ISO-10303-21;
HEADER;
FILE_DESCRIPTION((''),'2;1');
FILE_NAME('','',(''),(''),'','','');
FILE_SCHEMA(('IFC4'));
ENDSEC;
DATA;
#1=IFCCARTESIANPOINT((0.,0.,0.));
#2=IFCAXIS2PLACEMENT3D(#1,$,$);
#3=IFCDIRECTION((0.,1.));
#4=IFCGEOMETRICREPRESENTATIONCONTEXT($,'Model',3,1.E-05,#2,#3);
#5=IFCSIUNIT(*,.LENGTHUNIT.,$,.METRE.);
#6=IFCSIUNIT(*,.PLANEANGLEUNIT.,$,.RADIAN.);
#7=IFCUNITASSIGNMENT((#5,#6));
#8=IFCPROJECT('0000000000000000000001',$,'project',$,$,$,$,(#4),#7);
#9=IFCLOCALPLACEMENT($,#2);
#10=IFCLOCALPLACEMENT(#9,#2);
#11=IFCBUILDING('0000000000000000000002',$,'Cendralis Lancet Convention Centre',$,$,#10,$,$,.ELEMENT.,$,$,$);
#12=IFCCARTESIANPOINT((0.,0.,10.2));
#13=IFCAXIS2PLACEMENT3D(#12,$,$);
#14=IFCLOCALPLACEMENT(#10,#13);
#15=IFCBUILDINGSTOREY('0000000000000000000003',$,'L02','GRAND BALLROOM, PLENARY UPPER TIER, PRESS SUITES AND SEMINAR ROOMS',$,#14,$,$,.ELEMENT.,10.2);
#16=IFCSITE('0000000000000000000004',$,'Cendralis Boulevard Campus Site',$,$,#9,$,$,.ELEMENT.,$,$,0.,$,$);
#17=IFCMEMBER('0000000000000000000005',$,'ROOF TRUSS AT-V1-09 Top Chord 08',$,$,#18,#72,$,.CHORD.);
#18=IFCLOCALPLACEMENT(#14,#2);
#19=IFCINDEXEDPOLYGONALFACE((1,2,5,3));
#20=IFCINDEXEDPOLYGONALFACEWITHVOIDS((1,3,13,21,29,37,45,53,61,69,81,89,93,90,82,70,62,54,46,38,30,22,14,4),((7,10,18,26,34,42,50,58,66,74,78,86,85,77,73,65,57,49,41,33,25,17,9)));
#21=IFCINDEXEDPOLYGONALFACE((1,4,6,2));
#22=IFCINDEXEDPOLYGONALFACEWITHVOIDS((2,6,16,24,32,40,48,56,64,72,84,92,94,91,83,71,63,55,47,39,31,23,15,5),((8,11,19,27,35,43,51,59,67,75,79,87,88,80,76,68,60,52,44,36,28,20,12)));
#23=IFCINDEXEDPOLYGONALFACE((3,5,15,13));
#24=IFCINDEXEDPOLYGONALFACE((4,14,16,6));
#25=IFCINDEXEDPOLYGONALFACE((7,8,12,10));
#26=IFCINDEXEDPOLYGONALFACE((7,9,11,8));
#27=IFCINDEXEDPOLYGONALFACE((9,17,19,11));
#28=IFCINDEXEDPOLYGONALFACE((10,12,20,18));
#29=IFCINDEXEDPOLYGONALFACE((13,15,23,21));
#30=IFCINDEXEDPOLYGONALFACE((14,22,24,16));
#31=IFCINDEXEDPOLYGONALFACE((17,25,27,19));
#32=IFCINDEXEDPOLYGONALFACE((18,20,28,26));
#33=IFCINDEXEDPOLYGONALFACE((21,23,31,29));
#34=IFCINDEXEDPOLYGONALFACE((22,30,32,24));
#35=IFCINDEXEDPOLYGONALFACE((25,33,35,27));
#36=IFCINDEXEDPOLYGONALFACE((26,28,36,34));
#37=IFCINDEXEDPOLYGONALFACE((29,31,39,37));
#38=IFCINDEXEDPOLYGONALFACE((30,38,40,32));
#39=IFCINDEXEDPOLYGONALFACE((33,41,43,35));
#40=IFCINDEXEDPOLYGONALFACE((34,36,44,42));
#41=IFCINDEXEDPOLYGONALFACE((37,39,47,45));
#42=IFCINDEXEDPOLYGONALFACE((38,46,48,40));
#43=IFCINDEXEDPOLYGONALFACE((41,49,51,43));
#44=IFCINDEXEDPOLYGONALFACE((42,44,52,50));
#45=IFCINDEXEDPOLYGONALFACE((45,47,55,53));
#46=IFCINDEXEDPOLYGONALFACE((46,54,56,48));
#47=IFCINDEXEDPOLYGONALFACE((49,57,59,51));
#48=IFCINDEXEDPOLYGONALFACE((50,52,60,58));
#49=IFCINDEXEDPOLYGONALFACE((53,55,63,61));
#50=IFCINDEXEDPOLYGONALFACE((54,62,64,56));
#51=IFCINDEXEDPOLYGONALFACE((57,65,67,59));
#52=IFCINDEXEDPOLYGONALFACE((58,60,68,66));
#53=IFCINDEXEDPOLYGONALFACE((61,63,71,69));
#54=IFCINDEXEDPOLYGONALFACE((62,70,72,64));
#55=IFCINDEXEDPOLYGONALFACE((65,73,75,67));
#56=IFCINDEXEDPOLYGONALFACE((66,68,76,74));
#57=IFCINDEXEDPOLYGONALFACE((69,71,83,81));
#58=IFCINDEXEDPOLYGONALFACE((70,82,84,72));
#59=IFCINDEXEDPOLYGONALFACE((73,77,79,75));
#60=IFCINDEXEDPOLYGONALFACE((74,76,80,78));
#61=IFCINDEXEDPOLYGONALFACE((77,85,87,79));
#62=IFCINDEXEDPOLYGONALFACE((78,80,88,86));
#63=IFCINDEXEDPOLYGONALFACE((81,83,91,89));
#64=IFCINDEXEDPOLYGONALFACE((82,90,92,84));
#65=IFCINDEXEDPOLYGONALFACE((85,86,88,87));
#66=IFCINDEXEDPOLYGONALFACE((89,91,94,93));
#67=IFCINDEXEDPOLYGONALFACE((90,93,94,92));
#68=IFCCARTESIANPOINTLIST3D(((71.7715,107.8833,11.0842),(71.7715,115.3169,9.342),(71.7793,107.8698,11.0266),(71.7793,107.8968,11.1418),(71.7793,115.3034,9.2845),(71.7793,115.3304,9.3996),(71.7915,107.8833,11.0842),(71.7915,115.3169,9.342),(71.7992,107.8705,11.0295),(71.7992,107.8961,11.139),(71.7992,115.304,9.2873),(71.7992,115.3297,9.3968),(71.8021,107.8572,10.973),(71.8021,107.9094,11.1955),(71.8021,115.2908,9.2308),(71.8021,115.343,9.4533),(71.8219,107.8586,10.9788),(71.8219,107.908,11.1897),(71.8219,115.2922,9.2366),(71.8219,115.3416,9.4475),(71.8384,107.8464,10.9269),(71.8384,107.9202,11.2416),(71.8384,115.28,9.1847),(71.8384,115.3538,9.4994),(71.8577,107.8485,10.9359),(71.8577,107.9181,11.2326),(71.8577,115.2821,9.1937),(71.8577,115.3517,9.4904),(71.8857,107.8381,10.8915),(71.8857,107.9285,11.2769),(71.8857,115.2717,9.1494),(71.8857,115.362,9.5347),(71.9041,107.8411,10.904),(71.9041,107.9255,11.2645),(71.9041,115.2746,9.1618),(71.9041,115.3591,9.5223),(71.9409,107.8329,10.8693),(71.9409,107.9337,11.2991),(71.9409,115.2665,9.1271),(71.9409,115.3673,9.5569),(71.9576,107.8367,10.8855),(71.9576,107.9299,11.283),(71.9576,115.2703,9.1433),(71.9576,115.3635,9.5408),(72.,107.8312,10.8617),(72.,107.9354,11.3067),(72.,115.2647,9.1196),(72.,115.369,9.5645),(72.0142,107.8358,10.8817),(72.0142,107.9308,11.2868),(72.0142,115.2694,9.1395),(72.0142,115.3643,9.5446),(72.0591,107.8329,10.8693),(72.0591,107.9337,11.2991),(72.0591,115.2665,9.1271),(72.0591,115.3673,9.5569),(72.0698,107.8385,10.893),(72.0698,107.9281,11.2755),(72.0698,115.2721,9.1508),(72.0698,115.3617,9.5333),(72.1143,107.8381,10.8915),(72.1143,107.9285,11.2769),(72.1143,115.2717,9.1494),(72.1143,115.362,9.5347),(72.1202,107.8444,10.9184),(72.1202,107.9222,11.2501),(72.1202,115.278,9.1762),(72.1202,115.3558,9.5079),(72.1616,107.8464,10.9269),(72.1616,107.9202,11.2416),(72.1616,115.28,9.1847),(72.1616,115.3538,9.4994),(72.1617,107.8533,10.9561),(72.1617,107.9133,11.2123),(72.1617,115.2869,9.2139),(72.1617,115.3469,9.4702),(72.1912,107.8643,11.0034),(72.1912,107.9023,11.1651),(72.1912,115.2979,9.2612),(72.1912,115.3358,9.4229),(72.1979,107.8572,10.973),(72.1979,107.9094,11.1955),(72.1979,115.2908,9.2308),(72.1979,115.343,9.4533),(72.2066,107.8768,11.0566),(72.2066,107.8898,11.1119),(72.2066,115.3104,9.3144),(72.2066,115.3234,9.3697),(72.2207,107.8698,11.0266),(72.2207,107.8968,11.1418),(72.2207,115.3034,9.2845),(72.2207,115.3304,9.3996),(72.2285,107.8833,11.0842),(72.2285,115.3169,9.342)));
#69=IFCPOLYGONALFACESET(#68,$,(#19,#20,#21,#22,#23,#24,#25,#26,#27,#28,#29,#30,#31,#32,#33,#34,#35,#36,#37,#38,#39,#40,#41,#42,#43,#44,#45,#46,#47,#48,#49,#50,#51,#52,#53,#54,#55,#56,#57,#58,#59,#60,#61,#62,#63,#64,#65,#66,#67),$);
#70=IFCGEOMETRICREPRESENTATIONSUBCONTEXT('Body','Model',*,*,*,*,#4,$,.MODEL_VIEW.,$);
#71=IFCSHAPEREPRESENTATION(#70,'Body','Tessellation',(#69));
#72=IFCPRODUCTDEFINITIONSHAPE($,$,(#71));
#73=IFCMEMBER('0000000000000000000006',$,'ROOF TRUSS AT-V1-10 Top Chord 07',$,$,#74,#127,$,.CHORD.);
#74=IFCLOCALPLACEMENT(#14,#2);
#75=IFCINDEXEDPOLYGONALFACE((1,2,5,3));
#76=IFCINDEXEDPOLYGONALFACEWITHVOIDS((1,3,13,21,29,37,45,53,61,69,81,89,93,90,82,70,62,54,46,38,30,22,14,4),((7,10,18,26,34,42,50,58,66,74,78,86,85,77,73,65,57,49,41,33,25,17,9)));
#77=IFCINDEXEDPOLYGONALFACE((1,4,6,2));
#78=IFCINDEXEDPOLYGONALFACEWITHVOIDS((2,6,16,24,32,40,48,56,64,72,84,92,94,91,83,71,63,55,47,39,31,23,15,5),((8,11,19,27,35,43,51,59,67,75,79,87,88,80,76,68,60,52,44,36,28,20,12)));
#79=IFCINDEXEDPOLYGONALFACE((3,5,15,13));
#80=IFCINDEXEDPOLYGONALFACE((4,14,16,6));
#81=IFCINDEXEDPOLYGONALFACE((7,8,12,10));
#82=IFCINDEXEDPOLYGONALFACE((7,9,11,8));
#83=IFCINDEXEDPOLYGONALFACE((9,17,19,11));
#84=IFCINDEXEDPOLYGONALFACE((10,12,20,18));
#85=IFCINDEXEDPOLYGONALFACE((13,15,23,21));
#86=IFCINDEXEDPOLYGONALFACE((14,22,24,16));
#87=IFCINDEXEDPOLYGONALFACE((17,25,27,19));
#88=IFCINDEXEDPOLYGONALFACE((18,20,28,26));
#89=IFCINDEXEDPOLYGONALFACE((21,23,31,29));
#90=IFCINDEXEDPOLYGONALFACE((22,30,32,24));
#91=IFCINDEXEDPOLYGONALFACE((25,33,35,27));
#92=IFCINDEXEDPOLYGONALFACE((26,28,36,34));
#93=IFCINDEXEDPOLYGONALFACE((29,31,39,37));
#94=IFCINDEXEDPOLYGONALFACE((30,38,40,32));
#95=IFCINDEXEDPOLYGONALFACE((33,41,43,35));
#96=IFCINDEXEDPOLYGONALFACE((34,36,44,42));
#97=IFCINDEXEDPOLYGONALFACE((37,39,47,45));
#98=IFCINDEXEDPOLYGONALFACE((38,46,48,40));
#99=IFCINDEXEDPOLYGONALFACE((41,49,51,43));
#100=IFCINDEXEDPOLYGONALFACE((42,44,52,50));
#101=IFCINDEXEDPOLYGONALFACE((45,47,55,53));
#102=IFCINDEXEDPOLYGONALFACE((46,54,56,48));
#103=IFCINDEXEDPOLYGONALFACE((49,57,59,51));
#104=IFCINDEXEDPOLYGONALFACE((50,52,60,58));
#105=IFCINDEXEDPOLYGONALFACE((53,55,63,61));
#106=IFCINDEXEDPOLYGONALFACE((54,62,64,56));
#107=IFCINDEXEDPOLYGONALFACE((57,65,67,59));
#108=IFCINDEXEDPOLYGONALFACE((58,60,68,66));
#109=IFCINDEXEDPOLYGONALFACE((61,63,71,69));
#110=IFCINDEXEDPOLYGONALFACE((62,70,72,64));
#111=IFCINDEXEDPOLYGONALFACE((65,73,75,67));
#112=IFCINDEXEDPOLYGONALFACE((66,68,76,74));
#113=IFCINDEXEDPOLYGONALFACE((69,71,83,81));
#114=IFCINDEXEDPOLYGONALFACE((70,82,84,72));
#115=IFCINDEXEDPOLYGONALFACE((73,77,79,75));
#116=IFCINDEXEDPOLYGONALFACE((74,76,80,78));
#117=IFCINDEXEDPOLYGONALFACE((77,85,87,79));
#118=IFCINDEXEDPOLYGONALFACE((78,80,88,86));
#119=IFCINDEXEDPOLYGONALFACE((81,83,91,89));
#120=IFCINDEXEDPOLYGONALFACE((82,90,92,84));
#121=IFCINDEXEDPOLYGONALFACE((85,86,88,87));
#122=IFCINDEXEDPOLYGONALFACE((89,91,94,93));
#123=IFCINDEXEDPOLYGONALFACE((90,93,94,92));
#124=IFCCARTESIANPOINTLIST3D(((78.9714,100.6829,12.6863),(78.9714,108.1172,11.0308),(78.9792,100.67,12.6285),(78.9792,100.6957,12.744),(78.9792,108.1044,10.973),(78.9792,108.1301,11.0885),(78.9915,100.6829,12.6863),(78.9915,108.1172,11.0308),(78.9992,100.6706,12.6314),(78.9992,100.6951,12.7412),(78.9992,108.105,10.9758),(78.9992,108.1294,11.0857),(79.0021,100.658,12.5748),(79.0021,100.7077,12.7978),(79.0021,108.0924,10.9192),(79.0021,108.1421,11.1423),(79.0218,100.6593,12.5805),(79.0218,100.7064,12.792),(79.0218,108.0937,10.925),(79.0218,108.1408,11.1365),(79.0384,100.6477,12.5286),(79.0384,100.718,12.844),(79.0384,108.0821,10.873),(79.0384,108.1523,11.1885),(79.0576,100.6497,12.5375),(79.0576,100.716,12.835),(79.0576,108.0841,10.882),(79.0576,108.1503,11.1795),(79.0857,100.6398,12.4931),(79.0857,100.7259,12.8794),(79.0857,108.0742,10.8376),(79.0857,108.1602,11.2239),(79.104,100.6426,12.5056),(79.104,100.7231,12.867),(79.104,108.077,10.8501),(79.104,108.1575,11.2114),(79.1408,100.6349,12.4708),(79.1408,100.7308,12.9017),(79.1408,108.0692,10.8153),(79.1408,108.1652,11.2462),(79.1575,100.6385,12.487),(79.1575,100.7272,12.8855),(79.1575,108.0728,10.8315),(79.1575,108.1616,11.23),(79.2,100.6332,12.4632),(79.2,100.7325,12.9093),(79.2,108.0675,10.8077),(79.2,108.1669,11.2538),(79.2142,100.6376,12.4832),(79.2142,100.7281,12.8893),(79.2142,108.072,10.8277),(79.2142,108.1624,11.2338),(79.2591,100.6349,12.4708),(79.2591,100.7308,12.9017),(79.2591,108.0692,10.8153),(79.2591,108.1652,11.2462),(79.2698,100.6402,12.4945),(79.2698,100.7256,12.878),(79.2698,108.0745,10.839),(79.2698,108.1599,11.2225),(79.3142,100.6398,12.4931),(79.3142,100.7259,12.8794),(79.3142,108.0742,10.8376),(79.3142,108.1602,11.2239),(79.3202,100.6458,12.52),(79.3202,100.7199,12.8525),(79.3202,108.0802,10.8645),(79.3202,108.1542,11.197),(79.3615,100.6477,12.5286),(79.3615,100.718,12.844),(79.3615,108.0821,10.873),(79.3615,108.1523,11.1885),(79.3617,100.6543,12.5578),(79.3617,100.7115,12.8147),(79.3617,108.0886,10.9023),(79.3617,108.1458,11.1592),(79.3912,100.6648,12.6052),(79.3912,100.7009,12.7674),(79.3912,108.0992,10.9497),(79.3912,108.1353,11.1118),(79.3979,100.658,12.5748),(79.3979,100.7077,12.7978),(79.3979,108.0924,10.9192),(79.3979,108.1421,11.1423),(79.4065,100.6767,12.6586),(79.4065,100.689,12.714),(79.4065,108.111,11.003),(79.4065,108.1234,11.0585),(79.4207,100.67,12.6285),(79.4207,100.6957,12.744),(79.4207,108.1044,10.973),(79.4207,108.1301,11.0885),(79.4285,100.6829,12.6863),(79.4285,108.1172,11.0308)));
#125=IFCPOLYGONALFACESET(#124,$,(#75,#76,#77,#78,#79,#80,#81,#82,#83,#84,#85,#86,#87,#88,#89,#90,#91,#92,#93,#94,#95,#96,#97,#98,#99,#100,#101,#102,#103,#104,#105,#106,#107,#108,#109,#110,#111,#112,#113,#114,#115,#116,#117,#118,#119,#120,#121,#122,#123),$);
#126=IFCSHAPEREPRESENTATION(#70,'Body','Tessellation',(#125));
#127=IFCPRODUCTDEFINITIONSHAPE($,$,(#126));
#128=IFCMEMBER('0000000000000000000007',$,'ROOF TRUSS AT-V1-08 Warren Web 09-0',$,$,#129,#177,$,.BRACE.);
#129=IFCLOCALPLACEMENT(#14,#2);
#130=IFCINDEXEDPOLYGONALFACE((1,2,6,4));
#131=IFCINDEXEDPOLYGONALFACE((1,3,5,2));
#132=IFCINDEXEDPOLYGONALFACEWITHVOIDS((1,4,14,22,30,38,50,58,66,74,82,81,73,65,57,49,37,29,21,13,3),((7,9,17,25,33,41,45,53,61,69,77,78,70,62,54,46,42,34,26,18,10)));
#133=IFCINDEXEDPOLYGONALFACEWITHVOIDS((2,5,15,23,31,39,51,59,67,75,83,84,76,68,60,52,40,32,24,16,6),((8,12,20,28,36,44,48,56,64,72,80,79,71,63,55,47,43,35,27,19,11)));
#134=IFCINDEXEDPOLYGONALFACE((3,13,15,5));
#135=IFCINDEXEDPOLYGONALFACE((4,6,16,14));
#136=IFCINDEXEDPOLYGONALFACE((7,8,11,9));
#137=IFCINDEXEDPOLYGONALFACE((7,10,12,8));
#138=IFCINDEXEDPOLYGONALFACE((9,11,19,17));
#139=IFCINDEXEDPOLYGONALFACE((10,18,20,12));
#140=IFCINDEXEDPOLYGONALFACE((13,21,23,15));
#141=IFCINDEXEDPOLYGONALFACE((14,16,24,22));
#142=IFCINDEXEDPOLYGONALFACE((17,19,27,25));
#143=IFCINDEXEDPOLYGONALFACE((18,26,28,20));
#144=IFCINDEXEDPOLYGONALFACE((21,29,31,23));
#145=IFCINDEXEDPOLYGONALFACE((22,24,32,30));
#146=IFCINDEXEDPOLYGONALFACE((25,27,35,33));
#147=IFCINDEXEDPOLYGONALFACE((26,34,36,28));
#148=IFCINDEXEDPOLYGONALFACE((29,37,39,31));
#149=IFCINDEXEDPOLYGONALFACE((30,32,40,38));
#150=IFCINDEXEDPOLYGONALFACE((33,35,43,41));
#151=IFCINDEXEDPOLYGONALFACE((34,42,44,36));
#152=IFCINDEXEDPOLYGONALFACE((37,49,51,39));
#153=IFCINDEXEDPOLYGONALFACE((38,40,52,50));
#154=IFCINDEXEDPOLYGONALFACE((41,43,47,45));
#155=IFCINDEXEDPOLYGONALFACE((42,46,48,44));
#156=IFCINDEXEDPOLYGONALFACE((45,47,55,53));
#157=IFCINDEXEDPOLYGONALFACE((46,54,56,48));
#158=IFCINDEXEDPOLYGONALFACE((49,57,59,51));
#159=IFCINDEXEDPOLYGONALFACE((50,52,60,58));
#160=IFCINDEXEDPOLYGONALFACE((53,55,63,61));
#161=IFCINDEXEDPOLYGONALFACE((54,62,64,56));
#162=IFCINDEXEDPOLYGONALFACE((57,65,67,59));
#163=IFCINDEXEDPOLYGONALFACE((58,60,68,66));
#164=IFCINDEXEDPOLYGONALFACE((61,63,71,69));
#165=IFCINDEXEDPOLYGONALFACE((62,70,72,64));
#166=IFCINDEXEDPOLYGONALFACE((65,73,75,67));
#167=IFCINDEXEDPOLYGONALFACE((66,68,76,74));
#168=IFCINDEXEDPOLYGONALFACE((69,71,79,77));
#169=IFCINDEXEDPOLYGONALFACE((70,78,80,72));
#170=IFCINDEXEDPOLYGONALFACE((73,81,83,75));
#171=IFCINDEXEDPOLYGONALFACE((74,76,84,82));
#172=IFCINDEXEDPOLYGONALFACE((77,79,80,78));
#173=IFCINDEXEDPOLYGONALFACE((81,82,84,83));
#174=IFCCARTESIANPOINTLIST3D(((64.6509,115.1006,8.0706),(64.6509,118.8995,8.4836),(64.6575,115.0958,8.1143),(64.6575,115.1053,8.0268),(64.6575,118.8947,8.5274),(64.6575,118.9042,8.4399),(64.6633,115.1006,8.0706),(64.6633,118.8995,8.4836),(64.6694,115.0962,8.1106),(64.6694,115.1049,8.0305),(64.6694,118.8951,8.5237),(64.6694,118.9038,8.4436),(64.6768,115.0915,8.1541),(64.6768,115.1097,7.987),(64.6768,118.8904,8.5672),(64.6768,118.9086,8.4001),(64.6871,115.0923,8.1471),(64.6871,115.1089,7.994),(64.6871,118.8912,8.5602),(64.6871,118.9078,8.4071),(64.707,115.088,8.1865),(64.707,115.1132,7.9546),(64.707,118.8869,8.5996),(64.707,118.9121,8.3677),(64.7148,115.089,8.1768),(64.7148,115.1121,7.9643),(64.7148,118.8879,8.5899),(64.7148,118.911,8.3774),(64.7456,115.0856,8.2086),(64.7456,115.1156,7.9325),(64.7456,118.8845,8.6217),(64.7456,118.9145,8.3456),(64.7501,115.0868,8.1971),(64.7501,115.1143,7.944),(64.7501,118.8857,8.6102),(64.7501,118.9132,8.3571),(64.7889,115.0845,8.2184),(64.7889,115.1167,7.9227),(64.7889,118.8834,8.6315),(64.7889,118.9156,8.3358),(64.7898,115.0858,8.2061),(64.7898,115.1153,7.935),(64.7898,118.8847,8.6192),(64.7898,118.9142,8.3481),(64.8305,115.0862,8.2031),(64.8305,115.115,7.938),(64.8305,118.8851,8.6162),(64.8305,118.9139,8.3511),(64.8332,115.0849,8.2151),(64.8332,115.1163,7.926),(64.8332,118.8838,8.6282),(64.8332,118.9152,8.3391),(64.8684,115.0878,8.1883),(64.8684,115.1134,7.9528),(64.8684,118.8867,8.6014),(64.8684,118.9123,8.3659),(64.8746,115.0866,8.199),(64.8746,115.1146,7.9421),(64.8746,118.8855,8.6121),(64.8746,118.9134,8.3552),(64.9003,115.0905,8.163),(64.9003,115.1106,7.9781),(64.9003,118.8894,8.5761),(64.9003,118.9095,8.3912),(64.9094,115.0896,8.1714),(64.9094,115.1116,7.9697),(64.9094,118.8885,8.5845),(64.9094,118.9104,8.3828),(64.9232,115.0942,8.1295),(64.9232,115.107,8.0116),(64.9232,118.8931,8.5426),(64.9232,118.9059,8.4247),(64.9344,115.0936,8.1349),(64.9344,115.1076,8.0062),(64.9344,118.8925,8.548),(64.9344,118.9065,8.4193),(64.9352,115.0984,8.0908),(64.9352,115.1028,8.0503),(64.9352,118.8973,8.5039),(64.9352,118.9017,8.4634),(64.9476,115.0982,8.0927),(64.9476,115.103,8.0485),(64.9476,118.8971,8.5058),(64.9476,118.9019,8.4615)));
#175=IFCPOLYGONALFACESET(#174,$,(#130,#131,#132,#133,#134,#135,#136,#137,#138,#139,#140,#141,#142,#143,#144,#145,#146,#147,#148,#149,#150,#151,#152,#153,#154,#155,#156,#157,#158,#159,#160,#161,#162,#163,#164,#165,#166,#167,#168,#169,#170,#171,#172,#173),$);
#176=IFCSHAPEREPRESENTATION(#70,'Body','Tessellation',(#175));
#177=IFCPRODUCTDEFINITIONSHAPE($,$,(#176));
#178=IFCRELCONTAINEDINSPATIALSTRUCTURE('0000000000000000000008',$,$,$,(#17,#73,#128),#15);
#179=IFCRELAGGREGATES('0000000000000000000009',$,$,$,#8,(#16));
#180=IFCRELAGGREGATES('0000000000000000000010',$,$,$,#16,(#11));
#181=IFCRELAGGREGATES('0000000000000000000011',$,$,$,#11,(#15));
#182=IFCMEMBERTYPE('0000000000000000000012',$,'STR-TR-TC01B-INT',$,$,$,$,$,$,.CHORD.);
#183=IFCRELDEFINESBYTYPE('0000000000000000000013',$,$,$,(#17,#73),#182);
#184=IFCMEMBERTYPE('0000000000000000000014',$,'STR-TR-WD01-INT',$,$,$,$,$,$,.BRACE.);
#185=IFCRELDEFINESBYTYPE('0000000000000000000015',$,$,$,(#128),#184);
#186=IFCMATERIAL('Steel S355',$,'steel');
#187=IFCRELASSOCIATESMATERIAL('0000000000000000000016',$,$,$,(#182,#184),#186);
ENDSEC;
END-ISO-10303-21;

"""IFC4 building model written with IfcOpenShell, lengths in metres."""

from ifc_helpers import new_model, si_unit, direction, frame, origin, origin_2d, place, context, subcontext, project, spatial, hollow_circle, extrude, material, material_profile, profile_set, type_object, element, save


model = new_model("IFC4")

# Units and contexts
model_context = context("Model", 3, precision=1e-05, world=origin(), true_north=direction((0.0, 1.0)))
body_context = subcontext(model_context, "Body", "Model", "MODEL_VIEW")
ifc_project = project(units=[si_unit("LENGTHUNIT", "METRE"), si_unit("PLANEANGLEUNIT", "RADIAN")], contexts=[model_context])

# Site, building, storey
site_placement = place(None, origin())
site = spatial("IfcSite", under=ifc_project, at=site_placement, Name="Cendralis Boulevard Campus Site", CompositionType="ELEMENT", RefElevation=0.0)
building_placement = place(site_placement, origin())
building = spatial("IfcBuilding", under=site, at=building_placement, Name="Cendralis Lancet Convention Centre", CompositionType="ELEMENT")
storey_placement = place(building_placement, frame((0.0, 0.0, 10.2)))
storey = spatial("IfcBuildingStorey", under=building, at=storey_placement, Name="L02", Description="GRAND BALLROOM, PLENARY UPPER TIER, PRESS SUITES AND SEMINAR ROOMS", CompositionType="ELEMENT", Elevation=10.2)

# Members
ifc_material = material(Name="Steel S355", Category="steel")
ifc_material_profile_1 = material_profile(ifc_material, hollow_circle(Radius=0.2285, WallThickness=0.02, at=origin_2d()), Name="CHS 457.0x20.0")
ifc_profile_set_1 = profile_set([ifc_material_profile_1], Name="Steel S355")
member_type_1 = type_object("IfcMemberType", Name="STR-TR-TC01B-INT", PredefinedType="CHORD", material=ifc_profile_set_1)
member_1_placement = place(storey_placement, frame((72.0, 107.8833, 11.0842), z_axis=(0.0, 0.973618, -0.228184), x_axis=(-1.0, 0.0, 0.0)))
element("IfcMember", 1, at=member_1_placement, inside=storey, type_object=member_type_1, Name="ROOF TRUSS AT-V1-09 Top Chord 08", PredefinedType="CHORD", context=body_context, shape_type="SweptSolid", body=[
    extrude(hollow_circle(Radius=0.2285, WallThickness=0.02, at=origin_2d()), origin(), (0.0, 0.0, 1.0), 7.635),
])
member_2_placement = place(storey_placement, frame((79.2, 100.6829, 12.6863), z_axis=(0.0, 0.976091, -0.217361), x_axis=(-1.0, 0.0, 0.0)))
element("IfcMember", 2, at=member_2_placement, inside=storey, type_object=member_type_1, Name="ROOF TRUSS AT-V1-10 Top Chord 07", PredefinedType="CHORD", context=body_context, shape_type="SweptSolid", body=[
    extrude(hollow_circle(Radius=0.2285, WallThickness=0.02, at=origin_2d()), origin(), (0.0, 0.0, 1.0), 7.6165),
])
ifc_material_profile_2 = material_profile(ifc_material, hollow_circle(Radius=0.1492, WallThickness=0.0125, at=origin_2d()), Name="CHS 298.5x12.5")
ifc_profile_set_2 = profile_set([ifc_material_profile_2], Name="Steel S355")
member_type_2 = type_object("IfcMemberType", Name="STR-TR-WD01-INT", PredefinedType="BRACE", material=ifc_profile_set_2)
member_3_placement = place(storey_placement, frame((64.8, 115.1006, 8.0706), z_axis=(0.0, 0.99414, 0.108103), x_axis=(-1.0, 0.0, 0.0)))
element("IfcMember", 3, at=member_3_placement, inside=storey, type_object=member_type_2, Name="ROOF TRUSS AT-V1-08 Warren Web 09-0", PredefinedType="BRACE", context=body_context, shape_type="SweptSolid", body=[
    extrude(hollow_circle(Radius=0.1492, WallThickness=0.0125, at=origin_2d()), origin(), (0.0, 0.0, 1.0), 3.8213),
])

save(model, "model.ifc")
